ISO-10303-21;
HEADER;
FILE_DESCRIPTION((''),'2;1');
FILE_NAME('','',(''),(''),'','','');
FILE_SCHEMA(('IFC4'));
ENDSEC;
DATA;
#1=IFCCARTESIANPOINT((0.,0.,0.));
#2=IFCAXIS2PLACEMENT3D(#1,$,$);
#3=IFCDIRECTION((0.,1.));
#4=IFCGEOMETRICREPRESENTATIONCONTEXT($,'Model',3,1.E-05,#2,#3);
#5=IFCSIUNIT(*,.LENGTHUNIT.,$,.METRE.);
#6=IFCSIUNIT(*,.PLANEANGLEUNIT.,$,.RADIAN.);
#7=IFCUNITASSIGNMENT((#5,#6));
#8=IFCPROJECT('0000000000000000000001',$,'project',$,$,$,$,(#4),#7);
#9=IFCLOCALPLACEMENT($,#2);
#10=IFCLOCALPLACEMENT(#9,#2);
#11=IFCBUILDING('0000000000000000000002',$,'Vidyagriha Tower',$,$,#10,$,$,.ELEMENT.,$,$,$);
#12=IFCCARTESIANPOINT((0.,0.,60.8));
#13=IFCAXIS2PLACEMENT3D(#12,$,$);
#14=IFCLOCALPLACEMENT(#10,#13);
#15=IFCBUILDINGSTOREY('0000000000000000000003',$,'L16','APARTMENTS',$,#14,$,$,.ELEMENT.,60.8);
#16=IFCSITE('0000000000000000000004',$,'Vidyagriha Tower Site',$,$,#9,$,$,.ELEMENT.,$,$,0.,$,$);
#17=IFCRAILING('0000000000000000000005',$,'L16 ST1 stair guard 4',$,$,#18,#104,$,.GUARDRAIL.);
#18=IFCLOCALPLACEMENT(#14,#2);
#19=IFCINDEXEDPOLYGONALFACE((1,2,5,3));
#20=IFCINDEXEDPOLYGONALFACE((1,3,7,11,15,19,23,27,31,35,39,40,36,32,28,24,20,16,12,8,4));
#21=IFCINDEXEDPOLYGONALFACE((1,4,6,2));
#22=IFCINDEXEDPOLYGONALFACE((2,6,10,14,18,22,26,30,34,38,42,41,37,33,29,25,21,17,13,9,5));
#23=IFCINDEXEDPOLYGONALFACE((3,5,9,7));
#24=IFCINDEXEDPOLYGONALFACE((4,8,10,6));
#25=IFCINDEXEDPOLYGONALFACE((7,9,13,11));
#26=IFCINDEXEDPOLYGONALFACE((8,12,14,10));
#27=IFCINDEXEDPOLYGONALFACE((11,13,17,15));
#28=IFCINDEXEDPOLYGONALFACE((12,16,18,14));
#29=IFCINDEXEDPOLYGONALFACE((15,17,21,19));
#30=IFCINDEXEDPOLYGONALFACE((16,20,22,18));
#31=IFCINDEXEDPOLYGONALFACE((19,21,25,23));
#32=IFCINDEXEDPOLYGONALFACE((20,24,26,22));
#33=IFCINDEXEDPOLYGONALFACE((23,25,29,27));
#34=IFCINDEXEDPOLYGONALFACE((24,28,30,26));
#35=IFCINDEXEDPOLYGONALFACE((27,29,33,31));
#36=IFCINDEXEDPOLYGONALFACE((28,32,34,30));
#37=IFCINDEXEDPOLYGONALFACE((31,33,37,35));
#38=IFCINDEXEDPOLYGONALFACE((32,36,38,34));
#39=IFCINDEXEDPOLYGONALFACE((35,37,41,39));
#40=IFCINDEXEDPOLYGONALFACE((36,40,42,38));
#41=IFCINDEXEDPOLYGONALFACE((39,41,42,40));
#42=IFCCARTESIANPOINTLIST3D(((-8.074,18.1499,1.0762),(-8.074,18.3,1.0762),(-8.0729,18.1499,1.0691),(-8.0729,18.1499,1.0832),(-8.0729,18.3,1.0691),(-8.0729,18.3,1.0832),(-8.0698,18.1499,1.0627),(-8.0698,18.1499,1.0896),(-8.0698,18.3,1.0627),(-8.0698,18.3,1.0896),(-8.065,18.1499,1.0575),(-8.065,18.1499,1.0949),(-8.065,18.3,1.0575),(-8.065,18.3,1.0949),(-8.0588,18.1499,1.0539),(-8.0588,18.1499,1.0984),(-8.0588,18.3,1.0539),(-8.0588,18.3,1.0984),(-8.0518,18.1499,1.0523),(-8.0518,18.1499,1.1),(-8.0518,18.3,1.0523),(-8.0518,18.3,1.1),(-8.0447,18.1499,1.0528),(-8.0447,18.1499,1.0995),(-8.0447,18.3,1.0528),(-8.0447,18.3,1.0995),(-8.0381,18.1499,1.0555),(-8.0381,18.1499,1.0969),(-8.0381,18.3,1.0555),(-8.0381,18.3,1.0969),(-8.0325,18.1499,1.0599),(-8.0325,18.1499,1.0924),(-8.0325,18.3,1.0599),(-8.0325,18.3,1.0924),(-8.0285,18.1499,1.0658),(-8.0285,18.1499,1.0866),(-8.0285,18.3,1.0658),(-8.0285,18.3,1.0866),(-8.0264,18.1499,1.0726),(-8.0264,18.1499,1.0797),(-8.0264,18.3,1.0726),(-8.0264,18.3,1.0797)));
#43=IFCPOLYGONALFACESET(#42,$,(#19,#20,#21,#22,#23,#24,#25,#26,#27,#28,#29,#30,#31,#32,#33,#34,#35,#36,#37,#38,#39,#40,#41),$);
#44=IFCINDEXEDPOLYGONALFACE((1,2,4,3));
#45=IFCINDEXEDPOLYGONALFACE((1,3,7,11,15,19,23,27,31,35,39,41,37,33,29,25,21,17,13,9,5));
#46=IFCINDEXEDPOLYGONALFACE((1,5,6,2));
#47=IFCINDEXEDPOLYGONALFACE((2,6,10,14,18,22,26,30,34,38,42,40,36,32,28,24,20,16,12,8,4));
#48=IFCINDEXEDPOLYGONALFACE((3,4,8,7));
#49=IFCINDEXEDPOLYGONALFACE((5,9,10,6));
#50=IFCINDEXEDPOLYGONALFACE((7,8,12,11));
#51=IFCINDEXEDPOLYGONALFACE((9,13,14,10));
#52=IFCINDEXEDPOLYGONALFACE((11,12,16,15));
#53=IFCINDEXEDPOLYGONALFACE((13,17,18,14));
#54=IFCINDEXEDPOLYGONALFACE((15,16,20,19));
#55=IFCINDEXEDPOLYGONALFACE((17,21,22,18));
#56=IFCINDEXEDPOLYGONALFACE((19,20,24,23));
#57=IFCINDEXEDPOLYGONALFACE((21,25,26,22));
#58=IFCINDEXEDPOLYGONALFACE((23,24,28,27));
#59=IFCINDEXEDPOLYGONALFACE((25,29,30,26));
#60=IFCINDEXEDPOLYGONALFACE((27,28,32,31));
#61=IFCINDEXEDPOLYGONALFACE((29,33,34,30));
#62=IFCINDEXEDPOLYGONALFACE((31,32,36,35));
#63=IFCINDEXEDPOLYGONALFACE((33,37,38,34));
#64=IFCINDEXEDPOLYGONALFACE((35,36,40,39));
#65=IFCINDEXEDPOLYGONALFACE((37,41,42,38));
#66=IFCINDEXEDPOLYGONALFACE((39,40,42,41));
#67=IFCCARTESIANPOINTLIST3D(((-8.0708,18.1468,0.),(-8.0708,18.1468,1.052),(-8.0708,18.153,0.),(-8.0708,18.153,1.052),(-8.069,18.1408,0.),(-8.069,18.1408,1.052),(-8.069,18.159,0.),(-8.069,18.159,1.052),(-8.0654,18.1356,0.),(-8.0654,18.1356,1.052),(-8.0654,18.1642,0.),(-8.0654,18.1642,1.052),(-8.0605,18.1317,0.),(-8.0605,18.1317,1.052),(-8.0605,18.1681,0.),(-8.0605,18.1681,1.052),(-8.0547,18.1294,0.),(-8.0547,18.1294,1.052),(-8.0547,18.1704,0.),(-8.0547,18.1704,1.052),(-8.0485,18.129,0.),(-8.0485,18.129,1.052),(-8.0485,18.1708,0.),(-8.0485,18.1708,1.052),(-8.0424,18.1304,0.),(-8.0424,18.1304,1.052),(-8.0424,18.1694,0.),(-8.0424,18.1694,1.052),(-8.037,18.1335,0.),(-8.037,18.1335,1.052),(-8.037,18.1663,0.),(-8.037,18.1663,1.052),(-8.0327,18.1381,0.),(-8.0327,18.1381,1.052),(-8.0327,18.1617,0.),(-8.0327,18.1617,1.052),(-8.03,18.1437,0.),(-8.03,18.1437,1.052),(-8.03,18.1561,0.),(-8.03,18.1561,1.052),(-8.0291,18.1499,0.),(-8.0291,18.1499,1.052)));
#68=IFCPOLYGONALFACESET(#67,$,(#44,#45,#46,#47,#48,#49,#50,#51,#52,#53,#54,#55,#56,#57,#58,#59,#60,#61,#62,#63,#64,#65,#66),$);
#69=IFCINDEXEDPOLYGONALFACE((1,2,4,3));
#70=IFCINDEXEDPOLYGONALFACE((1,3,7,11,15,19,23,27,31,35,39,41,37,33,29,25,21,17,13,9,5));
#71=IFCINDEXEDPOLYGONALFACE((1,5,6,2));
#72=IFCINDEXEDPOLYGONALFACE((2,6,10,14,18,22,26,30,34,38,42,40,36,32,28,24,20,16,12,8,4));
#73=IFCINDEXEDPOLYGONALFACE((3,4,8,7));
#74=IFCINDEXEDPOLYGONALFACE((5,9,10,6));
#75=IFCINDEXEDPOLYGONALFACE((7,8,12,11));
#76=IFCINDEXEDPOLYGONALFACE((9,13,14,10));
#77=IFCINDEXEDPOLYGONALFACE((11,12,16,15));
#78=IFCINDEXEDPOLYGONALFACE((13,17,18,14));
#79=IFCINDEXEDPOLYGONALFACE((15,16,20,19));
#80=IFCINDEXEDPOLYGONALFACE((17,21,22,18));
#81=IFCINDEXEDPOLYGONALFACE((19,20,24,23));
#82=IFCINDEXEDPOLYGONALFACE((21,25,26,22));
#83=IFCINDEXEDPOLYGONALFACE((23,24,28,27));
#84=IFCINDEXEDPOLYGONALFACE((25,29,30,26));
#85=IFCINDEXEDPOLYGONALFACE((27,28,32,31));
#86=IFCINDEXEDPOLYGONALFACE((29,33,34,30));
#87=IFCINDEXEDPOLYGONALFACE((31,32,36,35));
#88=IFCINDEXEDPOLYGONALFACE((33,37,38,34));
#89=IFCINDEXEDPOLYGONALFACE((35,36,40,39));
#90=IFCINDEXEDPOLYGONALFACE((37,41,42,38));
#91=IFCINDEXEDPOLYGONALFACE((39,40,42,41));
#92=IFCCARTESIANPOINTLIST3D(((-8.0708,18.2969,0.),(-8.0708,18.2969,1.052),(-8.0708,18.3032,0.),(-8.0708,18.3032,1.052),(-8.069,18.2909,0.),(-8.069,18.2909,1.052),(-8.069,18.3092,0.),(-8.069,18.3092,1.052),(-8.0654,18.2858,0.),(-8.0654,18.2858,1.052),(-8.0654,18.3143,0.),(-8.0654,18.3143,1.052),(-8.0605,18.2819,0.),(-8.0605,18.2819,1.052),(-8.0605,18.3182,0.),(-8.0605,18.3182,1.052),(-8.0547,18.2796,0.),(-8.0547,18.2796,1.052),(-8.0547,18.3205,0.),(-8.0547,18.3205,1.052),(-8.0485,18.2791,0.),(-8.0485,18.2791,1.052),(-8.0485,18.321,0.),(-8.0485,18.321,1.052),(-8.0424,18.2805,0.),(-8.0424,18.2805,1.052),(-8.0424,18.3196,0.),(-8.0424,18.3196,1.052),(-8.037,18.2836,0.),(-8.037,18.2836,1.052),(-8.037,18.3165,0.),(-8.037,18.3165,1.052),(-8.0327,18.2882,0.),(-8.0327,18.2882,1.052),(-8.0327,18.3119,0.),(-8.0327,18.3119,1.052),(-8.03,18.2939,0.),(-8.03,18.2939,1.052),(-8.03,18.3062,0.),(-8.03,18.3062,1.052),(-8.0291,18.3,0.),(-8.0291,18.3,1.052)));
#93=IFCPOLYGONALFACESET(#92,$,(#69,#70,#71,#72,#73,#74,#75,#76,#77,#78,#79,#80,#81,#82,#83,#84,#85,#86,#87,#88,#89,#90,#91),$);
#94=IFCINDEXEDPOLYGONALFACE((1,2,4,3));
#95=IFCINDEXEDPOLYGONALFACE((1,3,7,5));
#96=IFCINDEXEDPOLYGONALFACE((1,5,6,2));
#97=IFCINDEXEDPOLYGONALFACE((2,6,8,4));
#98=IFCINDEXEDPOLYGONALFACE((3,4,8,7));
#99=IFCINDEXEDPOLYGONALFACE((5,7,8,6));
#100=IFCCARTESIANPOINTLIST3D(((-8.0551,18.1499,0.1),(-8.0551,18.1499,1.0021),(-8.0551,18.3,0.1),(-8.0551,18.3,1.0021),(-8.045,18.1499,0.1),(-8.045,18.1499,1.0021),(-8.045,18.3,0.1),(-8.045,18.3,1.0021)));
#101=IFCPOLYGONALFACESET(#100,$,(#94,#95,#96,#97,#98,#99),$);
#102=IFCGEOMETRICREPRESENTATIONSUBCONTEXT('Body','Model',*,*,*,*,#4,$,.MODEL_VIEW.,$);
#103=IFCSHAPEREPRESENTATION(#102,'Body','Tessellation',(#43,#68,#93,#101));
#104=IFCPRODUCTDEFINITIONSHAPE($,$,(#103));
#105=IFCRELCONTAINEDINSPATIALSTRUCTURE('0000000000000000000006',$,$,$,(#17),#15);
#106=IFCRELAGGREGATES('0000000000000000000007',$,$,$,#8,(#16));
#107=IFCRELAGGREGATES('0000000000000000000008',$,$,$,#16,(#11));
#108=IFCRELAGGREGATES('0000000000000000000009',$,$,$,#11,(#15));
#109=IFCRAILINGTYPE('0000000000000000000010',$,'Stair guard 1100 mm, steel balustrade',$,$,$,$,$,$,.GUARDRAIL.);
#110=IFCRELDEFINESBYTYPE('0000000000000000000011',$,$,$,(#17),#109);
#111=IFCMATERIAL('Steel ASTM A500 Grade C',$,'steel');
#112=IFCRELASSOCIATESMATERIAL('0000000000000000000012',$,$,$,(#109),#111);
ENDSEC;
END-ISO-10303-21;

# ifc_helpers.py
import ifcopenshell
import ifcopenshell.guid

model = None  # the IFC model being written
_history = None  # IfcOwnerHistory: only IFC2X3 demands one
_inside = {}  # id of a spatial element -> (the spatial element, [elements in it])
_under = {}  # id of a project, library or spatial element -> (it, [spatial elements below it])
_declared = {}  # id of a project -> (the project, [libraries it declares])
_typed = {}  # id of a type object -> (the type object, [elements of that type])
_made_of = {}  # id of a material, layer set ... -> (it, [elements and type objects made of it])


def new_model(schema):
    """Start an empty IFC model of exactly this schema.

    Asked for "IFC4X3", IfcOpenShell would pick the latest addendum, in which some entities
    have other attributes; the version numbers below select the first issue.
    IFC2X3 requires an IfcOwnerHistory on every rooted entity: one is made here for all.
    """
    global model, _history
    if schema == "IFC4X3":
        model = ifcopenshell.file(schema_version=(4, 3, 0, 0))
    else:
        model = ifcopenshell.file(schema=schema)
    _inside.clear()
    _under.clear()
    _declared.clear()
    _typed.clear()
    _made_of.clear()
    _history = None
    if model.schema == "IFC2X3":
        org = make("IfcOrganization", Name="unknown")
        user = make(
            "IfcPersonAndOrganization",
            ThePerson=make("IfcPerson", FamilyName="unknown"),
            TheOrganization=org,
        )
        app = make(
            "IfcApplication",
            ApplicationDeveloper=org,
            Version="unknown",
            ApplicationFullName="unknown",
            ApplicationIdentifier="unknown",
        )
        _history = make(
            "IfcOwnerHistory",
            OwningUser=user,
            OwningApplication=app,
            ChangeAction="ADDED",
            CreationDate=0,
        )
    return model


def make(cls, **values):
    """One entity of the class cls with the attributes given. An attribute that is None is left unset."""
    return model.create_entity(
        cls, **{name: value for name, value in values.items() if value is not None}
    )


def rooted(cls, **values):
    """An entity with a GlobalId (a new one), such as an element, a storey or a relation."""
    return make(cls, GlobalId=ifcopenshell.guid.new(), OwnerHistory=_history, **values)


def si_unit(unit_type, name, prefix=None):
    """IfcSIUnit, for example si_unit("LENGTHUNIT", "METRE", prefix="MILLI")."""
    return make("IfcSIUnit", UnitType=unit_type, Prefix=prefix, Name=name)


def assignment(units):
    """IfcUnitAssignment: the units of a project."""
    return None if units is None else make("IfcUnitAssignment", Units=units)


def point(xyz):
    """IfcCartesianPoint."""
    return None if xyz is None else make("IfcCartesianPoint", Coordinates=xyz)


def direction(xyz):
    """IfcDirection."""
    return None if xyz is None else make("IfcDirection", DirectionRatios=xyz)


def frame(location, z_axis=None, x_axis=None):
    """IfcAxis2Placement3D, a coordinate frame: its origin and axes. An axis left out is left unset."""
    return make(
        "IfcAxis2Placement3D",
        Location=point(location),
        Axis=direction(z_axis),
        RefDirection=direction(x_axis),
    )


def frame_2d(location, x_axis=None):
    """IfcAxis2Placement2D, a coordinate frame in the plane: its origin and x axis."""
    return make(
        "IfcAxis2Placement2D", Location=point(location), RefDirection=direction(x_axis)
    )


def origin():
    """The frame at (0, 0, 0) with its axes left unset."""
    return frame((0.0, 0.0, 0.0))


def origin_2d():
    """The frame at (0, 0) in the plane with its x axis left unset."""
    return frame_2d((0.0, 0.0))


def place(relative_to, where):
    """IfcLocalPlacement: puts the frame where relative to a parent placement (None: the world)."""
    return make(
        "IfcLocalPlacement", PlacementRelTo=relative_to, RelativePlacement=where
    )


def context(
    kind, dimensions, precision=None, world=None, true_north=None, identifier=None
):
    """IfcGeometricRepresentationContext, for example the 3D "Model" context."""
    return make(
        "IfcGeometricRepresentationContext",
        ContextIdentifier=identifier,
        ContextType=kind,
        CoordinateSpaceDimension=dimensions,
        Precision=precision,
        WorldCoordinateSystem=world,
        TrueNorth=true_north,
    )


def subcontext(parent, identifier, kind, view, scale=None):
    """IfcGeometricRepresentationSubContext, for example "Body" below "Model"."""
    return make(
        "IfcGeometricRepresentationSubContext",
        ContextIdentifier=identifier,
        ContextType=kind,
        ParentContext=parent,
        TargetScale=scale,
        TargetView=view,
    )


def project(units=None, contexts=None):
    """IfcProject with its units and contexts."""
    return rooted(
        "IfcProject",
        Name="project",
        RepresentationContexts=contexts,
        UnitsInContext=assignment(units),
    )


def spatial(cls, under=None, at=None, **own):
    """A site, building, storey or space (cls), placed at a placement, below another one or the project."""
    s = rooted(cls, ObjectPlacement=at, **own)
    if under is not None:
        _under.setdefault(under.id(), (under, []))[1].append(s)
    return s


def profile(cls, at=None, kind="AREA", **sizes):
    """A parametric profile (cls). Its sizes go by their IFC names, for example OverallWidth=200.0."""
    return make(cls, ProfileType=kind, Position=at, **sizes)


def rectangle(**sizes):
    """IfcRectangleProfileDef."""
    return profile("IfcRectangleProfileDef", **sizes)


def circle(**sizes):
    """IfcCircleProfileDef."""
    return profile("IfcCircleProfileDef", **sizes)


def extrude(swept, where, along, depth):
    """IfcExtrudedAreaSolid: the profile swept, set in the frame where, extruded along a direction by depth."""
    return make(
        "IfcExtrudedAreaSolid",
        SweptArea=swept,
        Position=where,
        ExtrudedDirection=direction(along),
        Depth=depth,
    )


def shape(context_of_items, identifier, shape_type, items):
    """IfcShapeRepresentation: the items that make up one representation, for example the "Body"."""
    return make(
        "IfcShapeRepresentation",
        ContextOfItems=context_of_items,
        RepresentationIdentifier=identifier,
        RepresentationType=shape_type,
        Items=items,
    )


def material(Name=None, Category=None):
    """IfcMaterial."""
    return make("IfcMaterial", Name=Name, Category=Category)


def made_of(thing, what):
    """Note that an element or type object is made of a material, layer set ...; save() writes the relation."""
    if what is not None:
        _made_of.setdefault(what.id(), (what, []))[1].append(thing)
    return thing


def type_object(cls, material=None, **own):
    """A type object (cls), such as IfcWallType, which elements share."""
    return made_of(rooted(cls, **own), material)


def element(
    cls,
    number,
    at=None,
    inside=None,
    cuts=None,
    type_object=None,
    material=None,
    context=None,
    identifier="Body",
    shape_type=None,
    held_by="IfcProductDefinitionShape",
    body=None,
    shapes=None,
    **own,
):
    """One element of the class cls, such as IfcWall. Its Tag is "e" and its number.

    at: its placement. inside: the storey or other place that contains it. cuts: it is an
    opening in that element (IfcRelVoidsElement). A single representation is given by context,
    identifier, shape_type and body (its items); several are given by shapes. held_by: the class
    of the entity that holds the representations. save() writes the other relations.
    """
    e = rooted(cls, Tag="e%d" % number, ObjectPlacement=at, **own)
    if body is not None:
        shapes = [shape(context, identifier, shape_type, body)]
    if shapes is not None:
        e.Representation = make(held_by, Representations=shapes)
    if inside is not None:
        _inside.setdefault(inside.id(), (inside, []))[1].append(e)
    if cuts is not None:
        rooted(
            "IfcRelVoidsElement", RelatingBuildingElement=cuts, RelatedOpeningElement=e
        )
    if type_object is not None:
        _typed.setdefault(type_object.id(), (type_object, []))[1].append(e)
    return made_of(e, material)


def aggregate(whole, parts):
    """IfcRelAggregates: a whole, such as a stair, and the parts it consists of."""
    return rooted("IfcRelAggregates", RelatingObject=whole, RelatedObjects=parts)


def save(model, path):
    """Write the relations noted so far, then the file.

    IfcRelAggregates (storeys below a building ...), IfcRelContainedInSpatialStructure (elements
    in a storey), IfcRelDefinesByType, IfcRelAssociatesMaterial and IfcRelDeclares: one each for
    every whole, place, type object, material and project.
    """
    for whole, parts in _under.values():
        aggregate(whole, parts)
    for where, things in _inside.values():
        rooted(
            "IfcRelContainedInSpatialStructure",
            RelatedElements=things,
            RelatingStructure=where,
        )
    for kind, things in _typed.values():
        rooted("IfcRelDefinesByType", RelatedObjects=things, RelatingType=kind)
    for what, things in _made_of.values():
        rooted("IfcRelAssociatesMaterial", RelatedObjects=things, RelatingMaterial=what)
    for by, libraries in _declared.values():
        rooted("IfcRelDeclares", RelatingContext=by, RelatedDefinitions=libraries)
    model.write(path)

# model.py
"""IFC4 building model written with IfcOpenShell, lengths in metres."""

from ifc_helpers import new_model, si_unit, direction, frame, origin, origin_2d, place, context, subcontext, project, spatial, rectangle, circle, extrude, material, type_object, element, save


model = new_model("IFC4")

# Units and contexts
model_context = context("Model", 3, precision=1e-05, world=origin(), true_north=direction((0.0, 1.0)))
body_context = subcontext(model_context, "Body", "Model", "MODEL_VIEW")
ifc_project = project(units=[si_unit("LENGTHUNIT", "METRE"), si_unit("PLANEANGLEUNIT", "RADIAN")], contexts=[model_context])

# Site, building, storey
site_placement = place(None, origin())
site = spatial("IfcSite", under=ifc_project, at=site_placement, Name="Vidyagriha Tower Site", CompositionType="ELEMENT", RefElevation=0.0)
building_placement = place(site_placement, origin())
building = spatial("IfcBuilding", under=site, at=building_placement, Name="Vidyagriha Tower", CompositionType="ELEMENT")
storey_placement = place(building_placement, frame((0.0, 0.0, 60.8)))
storey = spatial("IfcBuildingStorey", under=building, at=storey_placement, Name="L16", Description="APARTMENTS", CompositionType="ELEMENT", Elevation=60.8)

# Railing
ifc_material_1 = material(Name="Steel ASTM A500 Grade C", Category="steel")
railing_type_1 = type_object("IfcRailingType", Name="Stair guard 1100 mm, steel balustrade", PredefinedType="GUARDRAIL", material=ifc_material_1)
railing_1_placement = place(storey_placement, frame((-8.05, 18.1499, 0.0)))
element("IfcRailing", 1, at=railing_1_placement, inside=storey, type_object=railing_type_1, Name="L16 ST1 stair guard 4", PredefinedType="GUARDRAIL", context=body_context, shape_type="SweptSolid", body=[
    extrude(circle(Radius=0.0239, at=origin_2d()), frame((0.0, 0.0, 1.0762), z_axis=(0.0, 1.0, 0.0), x_axis=(-1.0, 0.0, 0.0)), (0.0, 0.0, 1.0), 0.1501),
    extrude(circle(Radius=0.021, at=origin_2d()), origin(), (0.0, 0.0, 1.0), 1.052),
    extrude(circle(Radius=0.021, at=origin_2d()), frame((0.0, 0.1501, 0.0)), (0.0, 0.0, 1.0), 1.052),
    extrude(rectangle(XDim=0.01, YDim=0.9021, at=origin_2d()), frame((0.0, 0.0, 0.551), z_axis=(0.0, 1.0, 0.0), x_axis=(-1.0, 0.0, 0.0)), (0.0, 0.0, 1.0), 0.1501),
])

save(model, "model.ifc")
